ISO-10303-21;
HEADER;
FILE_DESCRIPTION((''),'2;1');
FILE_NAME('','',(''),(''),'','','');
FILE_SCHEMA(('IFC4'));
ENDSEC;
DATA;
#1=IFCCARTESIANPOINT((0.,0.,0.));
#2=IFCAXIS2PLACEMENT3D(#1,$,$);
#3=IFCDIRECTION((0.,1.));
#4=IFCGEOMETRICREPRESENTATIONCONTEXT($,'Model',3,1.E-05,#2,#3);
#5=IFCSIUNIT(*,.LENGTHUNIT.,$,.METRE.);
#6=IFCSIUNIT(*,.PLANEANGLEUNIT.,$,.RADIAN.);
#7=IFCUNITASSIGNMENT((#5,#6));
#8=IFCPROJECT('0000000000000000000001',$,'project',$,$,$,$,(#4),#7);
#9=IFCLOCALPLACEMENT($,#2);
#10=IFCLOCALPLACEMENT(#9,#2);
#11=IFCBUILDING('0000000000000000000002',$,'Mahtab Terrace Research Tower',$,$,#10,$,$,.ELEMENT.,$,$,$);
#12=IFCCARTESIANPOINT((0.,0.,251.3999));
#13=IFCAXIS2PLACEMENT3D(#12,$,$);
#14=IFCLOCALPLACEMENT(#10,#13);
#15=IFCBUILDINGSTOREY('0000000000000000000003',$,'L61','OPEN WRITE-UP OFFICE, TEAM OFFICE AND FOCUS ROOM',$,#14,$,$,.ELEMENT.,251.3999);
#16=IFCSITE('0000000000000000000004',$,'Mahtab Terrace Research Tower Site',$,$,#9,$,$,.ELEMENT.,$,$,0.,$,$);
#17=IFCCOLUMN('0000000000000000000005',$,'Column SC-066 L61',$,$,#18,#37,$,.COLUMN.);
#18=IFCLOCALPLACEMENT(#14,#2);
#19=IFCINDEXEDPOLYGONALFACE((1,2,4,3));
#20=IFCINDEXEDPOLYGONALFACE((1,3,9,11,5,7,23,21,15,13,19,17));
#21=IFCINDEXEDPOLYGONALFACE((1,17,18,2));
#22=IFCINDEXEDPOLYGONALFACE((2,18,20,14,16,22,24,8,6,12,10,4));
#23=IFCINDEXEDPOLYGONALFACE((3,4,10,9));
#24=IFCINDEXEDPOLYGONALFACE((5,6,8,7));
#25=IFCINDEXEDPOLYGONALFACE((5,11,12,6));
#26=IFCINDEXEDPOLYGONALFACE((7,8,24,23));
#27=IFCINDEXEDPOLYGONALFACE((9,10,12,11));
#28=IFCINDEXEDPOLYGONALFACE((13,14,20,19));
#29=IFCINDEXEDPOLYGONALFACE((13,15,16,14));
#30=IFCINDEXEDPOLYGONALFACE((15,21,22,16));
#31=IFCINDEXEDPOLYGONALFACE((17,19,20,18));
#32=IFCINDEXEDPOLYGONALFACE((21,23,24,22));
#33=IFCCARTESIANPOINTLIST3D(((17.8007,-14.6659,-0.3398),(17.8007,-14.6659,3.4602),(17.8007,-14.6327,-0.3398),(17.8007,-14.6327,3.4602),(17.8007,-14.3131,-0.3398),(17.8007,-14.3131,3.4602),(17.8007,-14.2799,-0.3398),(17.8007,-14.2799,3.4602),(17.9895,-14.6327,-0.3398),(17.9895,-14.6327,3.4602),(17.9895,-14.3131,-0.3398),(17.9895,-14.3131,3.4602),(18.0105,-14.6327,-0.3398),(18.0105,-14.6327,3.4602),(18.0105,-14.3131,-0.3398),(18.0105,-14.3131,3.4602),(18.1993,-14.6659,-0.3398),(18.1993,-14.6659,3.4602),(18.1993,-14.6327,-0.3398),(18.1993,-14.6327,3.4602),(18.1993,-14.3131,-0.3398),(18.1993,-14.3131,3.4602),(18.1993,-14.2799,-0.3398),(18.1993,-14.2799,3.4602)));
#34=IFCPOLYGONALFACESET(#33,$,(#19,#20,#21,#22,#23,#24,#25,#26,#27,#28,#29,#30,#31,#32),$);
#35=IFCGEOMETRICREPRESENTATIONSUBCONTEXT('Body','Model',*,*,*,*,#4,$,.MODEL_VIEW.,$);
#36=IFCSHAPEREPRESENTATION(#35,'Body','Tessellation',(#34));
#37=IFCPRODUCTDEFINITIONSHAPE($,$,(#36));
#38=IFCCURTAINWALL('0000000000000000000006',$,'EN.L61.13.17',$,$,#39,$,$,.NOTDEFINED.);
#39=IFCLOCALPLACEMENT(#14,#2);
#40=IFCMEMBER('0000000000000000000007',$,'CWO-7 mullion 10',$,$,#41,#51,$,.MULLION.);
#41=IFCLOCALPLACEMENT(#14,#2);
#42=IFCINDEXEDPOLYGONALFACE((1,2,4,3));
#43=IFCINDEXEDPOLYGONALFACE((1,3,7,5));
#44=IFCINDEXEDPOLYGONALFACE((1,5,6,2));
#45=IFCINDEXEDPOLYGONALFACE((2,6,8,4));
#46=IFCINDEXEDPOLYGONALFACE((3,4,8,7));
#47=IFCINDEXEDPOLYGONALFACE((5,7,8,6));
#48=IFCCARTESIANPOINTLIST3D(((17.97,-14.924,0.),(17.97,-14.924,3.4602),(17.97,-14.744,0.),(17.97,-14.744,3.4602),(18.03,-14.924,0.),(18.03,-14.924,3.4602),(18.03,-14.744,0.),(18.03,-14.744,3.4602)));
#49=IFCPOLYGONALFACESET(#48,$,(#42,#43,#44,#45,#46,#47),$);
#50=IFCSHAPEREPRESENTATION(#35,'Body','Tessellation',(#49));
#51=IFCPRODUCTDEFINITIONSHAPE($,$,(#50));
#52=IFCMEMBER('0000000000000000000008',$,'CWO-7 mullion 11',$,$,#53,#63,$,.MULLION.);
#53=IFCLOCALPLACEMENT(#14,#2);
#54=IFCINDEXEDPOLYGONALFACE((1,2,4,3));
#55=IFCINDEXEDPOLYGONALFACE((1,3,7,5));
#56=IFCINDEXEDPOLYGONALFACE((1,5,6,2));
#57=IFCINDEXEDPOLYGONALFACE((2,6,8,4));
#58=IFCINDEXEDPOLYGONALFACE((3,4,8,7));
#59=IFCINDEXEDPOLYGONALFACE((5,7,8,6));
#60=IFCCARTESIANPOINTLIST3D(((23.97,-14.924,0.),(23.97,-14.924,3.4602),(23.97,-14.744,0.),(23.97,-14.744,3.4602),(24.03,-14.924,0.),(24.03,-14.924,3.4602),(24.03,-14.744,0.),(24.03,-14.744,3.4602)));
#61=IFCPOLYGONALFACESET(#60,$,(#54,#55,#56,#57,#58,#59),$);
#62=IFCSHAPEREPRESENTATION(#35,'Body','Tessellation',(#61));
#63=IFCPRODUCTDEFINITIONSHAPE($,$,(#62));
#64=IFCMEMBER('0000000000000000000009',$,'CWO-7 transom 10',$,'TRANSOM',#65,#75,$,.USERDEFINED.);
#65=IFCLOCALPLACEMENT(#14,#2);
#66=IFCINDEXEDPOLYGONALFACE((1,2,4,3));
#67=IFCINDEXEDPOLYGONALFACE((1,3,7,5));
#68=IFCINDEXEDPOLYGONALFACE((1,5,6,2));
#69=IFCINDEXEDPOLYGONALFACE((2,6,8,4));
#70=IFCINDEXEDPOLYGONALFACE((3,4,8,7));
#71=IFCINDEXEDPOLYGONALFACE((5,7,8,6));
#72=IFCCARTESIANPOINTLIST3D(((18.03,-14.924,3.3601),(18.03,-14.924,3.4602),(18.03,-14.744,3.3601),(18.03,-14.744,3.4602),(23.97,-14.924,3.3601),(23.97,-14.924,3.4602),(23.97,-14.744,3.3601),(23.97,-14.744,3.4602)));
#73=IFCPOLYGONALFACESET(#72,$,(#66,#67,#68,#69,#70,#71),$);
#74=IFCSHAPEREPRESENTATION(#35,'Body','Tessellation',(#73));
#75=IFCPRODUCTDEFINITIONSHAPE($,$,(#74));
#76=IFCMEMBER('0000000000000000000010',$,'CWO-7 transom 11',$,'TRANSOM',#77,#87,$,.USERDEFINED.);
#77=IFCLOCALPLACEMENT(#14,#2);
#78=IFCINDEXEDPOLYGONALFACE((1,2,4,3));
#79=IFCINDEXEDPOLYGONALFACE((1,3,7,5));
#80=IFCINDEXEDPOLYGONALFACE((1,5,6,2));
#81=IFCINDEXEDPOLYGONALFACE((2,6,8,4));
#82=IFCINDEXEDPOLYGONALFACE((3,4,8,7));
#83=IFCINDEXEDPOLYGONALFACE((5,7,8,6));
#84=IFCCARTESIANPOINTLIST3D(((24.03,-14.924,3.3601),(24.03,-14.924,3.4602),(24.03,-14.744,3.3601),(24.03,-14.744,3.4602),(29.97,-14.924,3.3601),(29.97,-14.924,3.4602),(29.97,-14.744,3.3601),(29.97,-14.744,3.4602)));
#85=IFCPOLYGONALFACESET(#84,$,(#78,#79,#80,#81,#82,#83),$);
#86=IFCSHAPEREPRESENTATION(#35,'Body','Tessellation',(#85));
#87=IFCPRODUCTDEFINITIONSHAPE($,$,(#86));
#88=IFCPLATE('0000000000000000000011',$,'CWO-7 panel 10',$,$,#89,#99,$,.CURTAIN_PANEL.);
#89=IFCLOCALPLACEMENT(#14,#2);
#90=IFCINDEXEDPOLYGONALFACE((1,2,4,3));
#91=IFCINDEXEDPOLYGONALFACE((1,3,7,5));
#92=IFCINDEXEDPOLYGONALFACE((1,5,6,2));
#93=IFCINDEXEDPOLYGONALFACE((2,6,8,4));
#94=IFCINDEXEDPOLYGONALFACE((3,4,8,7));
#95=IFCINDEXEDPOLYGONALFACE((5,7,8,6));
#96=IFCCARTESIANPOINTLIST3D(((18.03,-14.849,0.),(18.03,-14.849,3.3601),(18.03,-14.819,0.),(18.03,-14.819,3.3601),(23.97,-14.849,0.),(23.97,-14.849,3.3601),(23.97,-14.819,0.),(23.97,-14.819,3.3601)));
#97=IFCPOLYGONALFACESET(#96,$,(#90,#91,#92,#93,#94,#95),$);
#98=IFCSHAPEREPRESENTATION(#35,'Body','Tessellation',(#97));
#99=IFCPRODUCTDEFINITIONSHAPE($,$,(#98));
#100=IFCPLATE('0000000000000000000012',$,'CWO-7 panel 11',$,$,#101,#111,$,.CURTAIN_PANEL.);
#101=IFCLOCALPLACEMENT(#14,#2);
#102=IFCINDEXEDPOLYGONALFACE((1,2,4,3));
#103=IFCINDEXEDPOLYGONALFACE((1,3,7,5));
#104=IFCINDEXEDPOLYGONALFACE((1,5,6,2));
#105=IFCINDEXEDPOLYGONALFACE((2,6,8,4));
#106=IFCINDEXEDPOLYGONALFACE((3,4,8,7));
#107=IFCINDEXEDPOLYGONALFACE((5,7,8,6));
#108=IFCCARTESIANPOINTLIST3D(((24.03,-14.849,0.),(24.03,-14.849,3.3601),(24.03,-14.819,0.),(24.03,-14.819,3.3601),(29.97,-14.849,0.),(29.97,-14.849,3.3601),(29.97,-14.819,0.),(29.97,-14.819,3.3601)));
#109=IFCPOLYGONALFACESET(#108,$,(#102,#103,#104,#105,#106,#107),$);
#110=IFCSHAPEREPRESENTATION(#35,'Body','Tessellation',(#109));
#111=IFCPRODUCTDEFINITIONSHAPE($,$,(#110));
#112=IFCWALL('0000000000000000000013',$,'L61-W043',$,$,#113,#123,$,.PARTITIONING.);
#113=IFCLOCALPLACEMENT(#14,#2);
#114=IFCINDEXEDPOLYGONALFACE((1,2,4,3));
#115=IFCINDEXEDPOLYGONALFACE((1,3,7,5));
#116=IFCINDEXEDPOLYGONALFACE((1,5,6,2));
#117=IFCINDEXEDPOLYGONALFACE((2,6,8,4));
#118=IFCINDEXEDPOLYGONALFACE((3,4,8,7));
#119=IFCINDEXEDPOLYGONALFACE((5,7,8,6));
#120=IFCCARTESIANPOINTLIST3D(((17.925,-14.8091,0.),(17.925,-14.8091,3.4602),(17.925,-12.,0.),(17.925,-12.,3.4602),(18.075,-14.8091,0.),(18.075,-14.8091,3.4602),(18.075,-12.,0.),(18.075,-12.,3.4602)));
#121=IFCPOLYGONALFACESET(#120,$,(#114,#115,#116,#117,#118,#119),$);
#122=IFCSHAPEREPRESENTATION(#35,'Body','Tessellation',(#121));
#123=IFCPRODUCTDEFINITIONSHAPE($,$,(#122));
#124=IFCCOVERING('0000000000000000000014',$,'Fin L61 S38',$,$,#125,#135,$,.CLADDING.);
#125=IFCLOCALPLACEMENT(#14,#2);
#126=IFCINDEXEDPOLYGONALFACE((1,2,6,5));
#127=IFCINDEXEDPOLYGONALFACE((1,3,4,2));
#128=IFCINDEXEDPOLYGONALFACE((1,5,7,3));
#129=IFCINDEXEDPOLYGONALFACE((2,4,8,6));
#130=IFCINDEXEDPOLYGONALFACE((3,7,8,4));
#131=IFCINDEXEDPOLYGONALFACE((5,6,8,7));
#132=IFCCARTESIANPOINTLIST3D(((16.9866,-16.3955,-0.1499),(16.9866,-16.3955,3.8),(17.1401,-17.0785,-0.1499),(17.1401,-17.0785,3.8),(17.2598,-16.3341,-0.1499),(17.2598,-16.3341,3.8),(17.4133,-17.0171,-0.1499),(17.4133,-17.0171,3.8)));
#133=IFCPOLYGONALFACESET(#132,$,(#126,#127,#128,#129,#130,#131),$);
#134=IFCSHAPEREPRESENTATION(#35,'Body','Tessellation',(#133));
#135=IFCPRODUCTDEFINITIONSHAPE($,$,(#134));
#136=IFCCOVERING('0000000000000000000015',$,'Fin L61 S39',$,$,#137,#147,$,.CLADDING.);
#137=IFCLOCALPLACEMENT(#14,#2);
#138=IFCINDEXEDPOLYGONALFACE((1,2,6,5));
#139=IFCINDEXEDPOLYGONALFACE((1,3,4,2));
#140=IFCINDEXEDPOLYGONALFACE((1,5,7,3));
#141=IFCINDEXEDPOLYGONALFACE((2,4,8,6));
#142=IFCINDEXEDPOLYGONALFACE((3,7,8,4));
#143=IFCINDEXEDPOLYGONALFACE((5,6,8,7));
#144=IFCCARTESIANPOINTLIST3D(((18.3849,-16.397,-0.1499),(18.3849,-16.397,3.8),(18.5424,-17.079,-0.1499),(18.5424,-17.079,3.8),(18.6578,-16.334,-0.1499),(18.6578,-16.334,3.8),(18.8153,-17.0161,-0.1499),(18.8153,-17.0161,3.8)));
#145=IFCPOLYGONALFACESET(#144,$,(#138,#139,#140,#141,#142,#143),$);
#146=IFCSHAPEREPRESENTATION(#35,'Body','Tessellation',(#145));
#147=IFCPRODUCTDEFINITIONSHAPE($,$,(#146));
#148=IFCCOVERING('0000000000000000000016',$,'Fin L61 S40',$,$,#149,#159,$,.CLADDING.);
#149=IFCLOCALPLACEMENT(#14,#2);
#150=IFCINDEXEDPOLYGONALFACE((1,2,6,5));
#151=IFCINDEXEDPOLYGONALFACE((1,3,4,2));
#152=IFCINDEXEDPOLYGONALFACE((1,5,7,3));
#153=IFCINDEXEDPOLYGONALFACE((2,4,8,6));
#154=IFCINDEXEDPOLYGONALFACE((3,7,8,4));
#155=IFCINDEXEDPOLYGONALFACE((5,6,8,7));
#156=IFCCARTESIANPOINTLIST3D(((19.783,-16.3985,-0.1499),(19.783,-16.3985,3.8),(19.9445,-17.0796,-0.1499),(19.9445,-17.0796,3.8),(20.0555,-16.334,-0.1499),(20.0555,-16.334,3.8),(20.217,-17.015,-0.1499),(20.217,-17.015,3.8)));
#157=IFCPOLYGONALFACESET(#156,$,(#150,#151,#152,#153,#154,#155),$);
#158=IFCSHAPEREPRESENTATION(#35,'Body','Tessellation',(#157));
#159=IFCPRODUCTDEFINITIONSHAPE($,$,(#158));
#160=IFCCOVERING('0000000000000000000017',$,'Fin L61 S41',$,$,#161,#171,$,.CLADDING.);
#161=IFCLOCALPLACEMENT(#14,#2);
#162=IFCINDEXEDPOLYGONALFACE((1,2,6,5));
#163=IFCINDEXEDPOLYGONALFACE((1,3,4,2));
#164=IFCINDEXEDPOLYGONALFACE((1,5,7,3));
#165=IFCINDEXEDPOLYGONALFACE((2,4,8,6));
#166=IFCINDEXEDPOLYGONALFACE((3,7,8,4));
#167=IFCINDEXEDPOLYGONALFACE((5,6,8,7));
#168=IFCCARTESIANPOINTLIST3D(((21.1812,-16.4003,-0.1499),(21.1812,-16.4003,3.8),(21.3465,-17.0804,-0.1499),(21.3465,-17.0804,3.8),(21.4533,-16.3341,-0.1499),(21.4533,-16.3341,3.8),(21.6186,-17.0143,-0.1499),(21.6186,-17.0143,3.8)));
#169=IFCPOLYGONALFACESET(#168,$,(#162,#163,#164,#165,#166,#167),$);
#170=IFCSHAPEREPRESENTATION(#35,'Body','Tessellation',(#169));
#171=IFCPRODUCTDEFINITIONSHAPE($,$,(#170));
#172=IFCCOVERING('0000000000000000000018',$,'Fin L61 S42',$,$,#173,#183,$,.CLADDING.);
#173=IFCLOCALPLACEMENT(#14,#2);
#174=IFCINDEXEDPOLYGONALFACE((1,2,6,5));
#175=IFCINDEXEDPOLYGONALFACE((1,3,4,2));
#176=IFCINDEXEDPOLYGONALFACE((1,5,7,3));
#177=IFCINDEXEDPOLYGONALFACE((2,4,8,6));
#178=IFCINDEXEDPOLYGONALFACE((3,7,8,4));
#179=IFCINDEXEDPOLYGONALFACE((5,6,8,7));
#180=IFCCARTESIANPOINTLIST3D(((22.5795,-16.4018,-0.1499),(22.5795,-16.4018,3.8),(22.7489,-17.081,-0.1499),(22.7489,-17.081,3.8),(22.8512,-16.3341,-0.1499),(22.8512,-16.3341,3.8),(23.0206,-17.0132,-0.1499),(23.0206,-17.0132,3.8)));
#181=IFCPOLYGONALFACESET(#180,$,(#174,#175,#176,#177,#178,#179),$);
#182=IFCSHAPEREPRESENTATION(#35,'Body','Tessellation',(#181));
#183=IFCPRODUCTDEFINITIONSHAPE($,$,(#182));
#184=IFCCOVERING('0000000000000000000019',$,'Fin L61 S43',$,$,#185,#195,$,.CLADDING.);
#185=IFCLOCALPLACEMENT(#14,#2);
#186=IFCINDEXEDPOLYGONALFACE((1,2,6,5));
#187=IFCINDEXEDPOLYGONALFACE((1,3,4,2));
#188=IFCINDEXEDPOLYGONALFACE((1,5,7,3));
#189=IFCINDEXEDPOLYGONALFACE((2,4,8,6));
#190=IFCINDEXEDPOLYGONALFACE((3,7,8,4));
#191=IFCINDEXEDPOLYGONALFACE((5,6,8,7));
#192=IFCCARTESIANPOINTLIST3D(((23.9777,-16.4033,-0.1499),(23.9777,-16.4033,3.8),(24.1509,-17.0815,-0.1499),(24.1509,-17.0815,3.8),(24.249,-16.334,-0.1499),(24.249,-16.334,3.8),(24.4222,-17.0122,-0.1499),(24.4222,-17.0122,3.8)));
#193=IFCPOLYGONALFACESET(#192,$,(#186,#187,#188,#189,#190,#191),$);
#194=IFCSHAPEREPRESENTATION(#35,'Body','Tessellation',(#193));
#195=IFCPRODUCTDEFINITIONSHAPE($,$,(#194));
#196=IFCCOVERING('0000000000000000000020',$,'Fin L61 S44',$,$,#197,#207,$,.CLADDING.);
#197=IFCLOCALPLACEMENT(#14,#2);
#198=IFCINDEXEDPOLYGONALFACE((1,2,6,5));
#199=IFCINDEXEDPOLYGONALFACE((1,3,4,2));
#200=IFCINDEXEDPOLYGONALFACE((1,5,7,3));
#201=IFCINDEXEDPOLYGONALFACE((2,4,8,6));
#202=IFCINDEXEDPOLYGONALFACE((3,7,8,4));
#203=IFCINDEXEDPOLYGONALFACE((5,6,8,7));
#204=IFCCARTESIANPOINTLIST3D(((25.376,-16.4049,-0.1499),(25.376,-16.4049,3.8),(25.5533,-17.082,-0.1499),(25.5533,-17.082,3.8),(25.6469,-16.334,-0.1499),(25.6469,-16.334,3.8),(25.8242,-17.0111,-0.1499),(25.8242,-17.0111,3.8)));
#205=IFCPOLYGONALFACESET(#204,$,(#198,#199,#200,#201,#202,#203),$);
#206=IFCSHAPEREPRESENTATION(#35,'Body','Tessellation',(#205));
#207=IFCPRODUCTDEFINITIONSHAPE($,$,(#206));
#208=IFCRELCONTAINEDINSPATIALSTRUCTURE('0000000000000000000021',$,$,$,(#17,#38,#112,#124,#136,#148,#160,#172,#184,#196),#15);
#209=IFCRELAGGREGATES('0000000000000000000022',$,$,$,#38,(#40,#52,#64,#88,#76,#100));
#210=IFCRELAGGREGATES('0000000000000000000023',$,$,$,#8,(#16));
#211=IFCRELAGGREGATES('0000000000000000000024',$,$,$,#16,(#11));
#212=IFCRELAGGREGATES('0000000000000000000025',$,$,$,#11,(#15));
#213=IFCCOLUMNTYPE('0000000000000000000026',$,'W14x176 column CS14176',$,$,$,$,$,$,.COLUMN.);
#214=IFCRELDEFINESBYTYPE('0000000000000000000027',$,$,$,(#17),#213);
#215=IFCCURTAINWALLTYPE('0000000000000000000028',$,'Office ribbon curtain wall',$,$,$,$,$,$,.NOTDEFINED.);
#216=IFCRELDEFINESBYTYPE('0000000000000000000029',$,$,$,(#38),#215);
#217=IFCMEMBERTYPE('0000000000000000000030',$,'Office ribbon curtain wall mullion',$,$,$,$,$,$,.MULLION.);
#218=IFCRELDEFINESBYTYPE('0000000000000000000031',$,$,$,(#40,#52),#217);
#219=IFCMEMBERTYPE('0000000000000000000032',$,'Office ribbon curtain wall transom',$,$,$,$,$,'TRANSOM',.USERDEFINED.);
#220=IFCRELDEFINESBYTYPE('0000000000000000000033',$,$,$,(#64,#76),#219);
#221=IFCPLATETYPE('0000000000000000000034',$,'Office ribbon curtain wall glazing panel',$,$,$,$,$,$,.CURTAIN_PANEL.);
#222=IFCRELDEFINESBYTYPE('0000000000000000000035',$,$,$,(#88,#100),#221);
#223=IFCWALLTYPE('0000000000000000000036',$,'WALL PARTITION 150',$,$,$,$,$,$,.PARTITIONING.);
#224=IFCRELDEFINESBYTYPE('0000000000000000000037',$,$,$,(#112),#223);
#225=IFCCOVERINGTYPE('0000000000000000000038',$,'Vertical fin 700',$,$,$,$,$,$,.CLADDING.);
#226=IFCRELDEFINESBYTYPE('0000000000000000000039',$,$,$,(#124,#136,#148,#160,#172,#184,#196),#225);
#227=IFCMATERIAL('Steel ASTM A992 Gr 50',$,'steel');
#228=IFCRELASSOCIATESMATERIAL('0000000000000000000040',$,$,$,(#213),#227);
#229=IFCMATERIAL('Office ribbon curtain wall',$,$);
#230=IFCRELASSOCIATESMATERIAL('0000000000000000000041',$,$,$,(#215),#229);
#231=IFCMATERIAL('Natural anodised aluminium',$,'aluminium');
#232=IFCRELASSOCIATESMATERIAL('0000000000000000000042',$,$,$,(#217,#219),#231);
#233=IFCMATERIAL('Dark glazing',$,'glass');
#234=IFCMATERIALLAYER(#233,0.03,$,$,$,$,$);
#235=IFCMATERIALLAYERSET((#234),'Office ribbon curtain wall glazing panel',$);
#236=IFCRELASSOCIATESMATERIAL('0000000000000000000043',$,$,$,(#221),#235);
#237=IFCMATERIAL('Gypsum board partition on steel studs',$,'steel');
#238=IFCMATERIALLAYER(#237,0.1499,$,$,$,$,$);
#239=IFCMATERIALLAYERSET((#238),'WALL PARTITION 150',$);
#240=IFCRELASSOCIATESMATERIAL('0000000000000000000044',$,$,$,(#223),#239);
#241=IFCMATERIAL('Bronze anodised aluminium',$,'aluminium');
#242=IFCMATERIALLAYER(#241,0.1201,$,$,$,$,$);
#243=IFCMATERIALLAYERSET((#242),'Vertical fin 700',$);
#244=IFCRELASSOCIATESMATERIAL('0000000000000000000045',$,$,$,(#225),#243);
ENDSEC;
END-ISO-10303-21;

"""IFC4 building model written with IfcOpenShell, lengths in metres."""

from ifc_helpers import new_model, si_unit, direction, frame, frame_2d, origin, origin_2d, place, context, subcontext, project, spatial, rectangle, i_section, extrude, material, layer, layer_set, material_profile, profile_set, type_object, element, aggregate, save


model = new_model("IFC4")

# Units and contexts
model_context = context("Model", 3, precision=1e-05, world=origin(), true_north=direction((0.0, 1.0)))
body_context = subcontext(model_context, "Body", "Model", "MODEL_VIEW")
ifc_project = project(units=[si_unit("LENGTHUNIT", "METRE"), si_unit("PLANEANGLEUNIT", "RADIAN")], contexts=[model_context])

# Site, building, storey
site_placement = place(None, origin())
site = spatial("IfcSite", under=ifc_project, at=site_placement, Name="Mahtab Terrace Research Tower Site", CompositionType="ELEMENT", RefElevation=0.0)
building_placement = place(site_placement, origin())
building = spatial("IfcBuilding", under=site, at=building_placement, Name="Mahtab Terrace Research Tower", CompositionType="ELEMENT")
storey_placement = place(building_placement, frame((0.0, 0.0, 251.3999)))
storey = spatial("IfcBuildingStorey", under=building, at=storey_placement, Name="L61", Description="OPEN WRITE-UP OFFICE, TEAM OFFICE AND FOCUS ROOM", CompositionType="ELEMENT", Elevation=251.3999)

# Column
ifc_material_1 = material(Name="Steel ASTM A992 Gr 50", Category="steel")
ifc_material_profile_1 = material_profile(ifc_material_1, i_section(OverallWidth=0.3987, OverallDepth=0.386, WebThickness=0.021, FlangeThickness=0.0332, at=origin_2d()), Name="W14X176")
ifc_profile_set_1 = profile_set([ifc_material_profile_1], Name="Steel ASTM A992 Gr 50")
column_type = type_object("IfcColumnType", Name="W14x176 column CS14176", PredefinedType="COLUMN", material=ifc_profile_set_1)
column_placement = place(storey_placement, frame((18.0, -14.4729, -0.3398), z_axis=(0.0, 0.0, 1.0), x_axis=(1.0, 0.0, 0.0)))
element("IfcColumn", 1, at=column_placement, inside=storey, type_object=column_type, Name="Column SC-066 L61", PredefinedType="COLUMN", context=body_context, shape_type="SweptSolid", body=[
    extrude(i_section(OverallWidth=0.3987, OverallDepth=0.386, WebThickness=0.021, FlangeThickness=0.0332, at=origin_2d()), origin(), (0.0, 0.0, 1.0), 3.8),
])

# Curtain wall, members, plates
ifc_material_2 = material(Name="Office ribbon curtain wall")
curtain_wall_type = type_object("IfcCurtainWallType", Name="Office ribbon curtain wall", PredefinedType="NOTDEFINED", material=ifc_material_2)
curtain_wall_placement = place(storey_placement, origin())
curtain_wall = element("IfcCurtainWall", 2, at=curtain_wall_placement, inside=storey, type_object=curtain_wall_type, Name="EN.L61.13.17", PredefinedType="NOTDEFINED")
ifc_material_3 = material(Name="Natural anodised aluminium", Category="aluminium")
ifc_material_profile_2 = material_profile(ifc_material_3, rectangle(XDim=0.1799, YDim=0.0601, at=origin_2d()), Name="MULLION 60x180")
ifc_profile_set_2 = profile_set([ifc_material_profile_2], Name="Natural anodised aluminium")
member_type_1 = type_object("IfcMemberType", Name="Office ribbon curtain wall mullion", PredefinedType="MULLION", material=ifc_profile_set_2)
member_1_placement = place(storey_placement, frame((18.0, -14.834, 0.0), z_axis=(0.0, 0.0, 1.0), x_axis=(0.0, 1.0, 0.0)))
member_1 = element("IfcMember", 3, at=member_1_placement, type_object=member_type_1, Name="CWO-7 mullion 10", PredefinedType="MULLION", context=body_context, shape_type="SweptSolid", body=[
    extrude(rectangle(XDim=0.1799, YDim=0.0601, at=origin_2d()), origin(), (0.0, 0.0, 1.0), 3.4602),
])
member_2_placement = place(storey_placement, frame((24.0, -14.834, 0.0), z_axis=(0.0, 0.0, 1.0), x_axis=(0.0, 1.0, 0.0)))
member_2 = element("IfcMember", 4, at=member_2_placement, type_object=member_type_1, Name="CWO-7 mullion 11", PredefinedType="MULLION", context=body_context, shape_type="SweptSolid", body=[
    extrude(rectangle(XDim=0.1799, YDim=0.0601, at=origin_2d()), origin(), (0.0, 0.0, 1.0), 3.4602),
])
ifc_material_profile_3 = material_profile(ifc_material_3, rectangle(XDim=0.1799, YDim=0.1001, at=origin_2d()), Name="TRANSOM 100x180")
ifc_profile_set_3 = profile_set([ifc_material_profile_3], Name="Natural anodised aluminium")
member_type_2 = type_object("IfcMemberType", Name="Office ribbon curtain wall transom", ElementType="TRANSOM", PredefinedType="USERDEFINED", material=ifc_profile_set_3)
member_3_placement = place(storey_placement, frame((18.03, -14.834, 3.4102), z_axis=(1.0, 0.0, 0.0), x_axis=(0.0, 1.0, 0.0)))
member_3 = element("IfcMember", 5, at=member_3_placement, type_object=member_type_2, Name="CWO-7 transom 10", ObjectType="TRANSOM", PredefinedType="USERDEFINED", context=body_context, shape_type="SweptSolid", body=[
    extrude(rectangle(XDim=0.1799, YDim=0.1001, at=origin_2d()), origin(), (0.0, 0.0, 1.0), 5.9399),
])
member_4_placement = place(storey_placement, frame((24.03, -14.834, 3.4102), z_axis=(1.0, 0.0, 0.0), x_axis=(0.0, 1.0, 0.0)))
member_4 = element("IfcMember", 6, at=member_4_placement, type_object=member_type_2, Name="CWO-7 transom 11", ObjectType="TRANSOM", PredefinedType="USERDEFINED", context=body_context, shape_type="SweptSolid", body=[
    extrude(rectangle(XDim=0.1799, YDim=0.1001, at=origin_2d()), origin(), (0.0, 0.0, 1.0), 5.9399),
])
ifc_material_4 = material(Name="Dark glazing", Category="glass")
ifc_layer_1 = layer(ifc_material_4, 0.03)
ifc_layer_set_1 = layer_set([ifc_layer_1], Name="Office ribbon curtain wall glazing panel")
plate_type = type_object("IfcPlateType", Name="Office ribbon curtain wall glazing panel", PredefinedType="CURTAIN_PANEL", material=ifc_layer_set_1)
plate_1_placement = place(storey_placement, frame((21.0, -14.834, 0.0), z_axis=(0.0, 0.0, 1.0), x_axis=(1.0, 0.0, 0.0)))
plate_1 = element("IfcPlate", 7, at=plate_1_placement, type_object=plate_type, Name="CWO-7 panel 10", PredefinedType="CURTAIN_PANEL", context=body_context, shape_type="SweptSolid", body=[
    extrude(rectangle(XDim=5.9399, YDim=0.03, at=origin_2d()), origin(), (0.0, 0.0, 1.0), 3.3601),
])
plate_2_placement = place(storey_placement, frame((27.0, -14.834, 0.0), z_axis=(0.0, 0.0, 1.0), x_axis=(1.0, 0.0, 0.0)))
plate_2 = element("IfcPlate", 8, at=plate_2_placement, type_object=plate_type, Name="CWO-7 panel 11", PredefinedType="CURTAIN_PANEL", context=body_context, shape_type="SweptSolid", body=[
    extrude(rectangle(XDim=5.9399, YDim=0.03, at=origin_2d()), origin(), (0.0, 0.0, 1.0), 3.3601),
])
aggregate(curtain_wall, [member_1, member_2, member_3, plate_1, member_4, plate_2])

# Wall
ifc_material_5 = material(Name="Gypsum board partition on steel studs", Category="steel")
ifc_layer_2 = layer(ifc_material_5, 0.1499)
ifc_layer_set_2 = layer_set([ifc_layer_2], Name="WALL PARTITION 150")
wall_type = type_object("IfcWallType", Name="WALL PARTITION 150", PredefinedType="PARTITIONING", material=ifc_layer_set_2)
wall_placement = place(storey_placement, frame((18.0, -14.8091, 0.0), z_axis=(0.0, 0.0, 1.0), x_axis=(0.0, 1.0, 0.0)))
element("IfcWall", 9, at=wall_placement, inside=storey, type_object=wall_type, Name="L61-W043", PredefinedType="PARTITIONING", context=body_context, shape_type="SweptSolid", body=[
    extrude(rectangle(XDim=2.8091, YDim=0.1499, at=frame_2d((1.4045, 0.0))), origin(), (0.0, 0.0, 1.0), 3.4602),
])

# Coverings
ifc_material_6 = material(Name="Bronze anodised aluminium", Category="aluminium")
ifc_layer_3 = layer(ifc_material_6, 0.1201)
ifc_layer_set_3 = layer_set([ifc_layer_3], Name="Vertical fin 700")
covering_type = type_object("IfcCoveringType", Name="Vertical fin 700", PredefinedType="CLADDING", material=ifc_layer_set_3)
for number, where, z_axis, x_axis, name in (
    (10, (17.2, -16.7063, -0.1499), (0.0, 0.0, 1.0), (0.975662, 0.219279, 0.0), "Fin L61 S38"),
    (11, (18.6001, -16.7065, -0.1499), (0.0, 0.0, 1.0), (0.97437, 0.224951, 0.0), "Fin L61 S39"),
    (12, (20.0, -16.7068, -0.1499), (0.0, 0.0, 1.0), (0.973045, 0.230616, 0.0), "Fin L61 S40"),
    (13, (21.3999, -16.7073, -0.1499), (0.0, 0.0, 1.0), (0.971687, 0.236273, 0.0), "Fin L61 S41"),
    (14, (22.8, -16.7075, -0.1499), (0.0, 0.0, 1.0), (0.970296, 0.241922, 0.0), "Fin L61 S42"),
    (15, (24.2, -16.7078, -0.1499), (0.0, 0.0, 1.0), (0.968872, 0.247563, 0.0), "Fin L61 S43"),
    (16, (25.6001, -16.708, -0.1499), (0.0, 0.0, 1.0), (0.967415, 0.253195, 0.0), "Fin L61 S44"),
):
    element("IfcCovering", number, at=place(storey_placement, frame(where, z_axis=z_axis, x_axis=x_axis)), inside=storey, type_object=covering_type, Name=name, PredefinedType="CLADDING", context=body_context, shape_type="SweptSolid", body=[
        extrude(rectangle(XDim=0.28, YDim=0.7, at=origin_2d()), origin(), (0.0, 0.0, 1.0), 3.95),
    ])

save(model, "model.ifc")
